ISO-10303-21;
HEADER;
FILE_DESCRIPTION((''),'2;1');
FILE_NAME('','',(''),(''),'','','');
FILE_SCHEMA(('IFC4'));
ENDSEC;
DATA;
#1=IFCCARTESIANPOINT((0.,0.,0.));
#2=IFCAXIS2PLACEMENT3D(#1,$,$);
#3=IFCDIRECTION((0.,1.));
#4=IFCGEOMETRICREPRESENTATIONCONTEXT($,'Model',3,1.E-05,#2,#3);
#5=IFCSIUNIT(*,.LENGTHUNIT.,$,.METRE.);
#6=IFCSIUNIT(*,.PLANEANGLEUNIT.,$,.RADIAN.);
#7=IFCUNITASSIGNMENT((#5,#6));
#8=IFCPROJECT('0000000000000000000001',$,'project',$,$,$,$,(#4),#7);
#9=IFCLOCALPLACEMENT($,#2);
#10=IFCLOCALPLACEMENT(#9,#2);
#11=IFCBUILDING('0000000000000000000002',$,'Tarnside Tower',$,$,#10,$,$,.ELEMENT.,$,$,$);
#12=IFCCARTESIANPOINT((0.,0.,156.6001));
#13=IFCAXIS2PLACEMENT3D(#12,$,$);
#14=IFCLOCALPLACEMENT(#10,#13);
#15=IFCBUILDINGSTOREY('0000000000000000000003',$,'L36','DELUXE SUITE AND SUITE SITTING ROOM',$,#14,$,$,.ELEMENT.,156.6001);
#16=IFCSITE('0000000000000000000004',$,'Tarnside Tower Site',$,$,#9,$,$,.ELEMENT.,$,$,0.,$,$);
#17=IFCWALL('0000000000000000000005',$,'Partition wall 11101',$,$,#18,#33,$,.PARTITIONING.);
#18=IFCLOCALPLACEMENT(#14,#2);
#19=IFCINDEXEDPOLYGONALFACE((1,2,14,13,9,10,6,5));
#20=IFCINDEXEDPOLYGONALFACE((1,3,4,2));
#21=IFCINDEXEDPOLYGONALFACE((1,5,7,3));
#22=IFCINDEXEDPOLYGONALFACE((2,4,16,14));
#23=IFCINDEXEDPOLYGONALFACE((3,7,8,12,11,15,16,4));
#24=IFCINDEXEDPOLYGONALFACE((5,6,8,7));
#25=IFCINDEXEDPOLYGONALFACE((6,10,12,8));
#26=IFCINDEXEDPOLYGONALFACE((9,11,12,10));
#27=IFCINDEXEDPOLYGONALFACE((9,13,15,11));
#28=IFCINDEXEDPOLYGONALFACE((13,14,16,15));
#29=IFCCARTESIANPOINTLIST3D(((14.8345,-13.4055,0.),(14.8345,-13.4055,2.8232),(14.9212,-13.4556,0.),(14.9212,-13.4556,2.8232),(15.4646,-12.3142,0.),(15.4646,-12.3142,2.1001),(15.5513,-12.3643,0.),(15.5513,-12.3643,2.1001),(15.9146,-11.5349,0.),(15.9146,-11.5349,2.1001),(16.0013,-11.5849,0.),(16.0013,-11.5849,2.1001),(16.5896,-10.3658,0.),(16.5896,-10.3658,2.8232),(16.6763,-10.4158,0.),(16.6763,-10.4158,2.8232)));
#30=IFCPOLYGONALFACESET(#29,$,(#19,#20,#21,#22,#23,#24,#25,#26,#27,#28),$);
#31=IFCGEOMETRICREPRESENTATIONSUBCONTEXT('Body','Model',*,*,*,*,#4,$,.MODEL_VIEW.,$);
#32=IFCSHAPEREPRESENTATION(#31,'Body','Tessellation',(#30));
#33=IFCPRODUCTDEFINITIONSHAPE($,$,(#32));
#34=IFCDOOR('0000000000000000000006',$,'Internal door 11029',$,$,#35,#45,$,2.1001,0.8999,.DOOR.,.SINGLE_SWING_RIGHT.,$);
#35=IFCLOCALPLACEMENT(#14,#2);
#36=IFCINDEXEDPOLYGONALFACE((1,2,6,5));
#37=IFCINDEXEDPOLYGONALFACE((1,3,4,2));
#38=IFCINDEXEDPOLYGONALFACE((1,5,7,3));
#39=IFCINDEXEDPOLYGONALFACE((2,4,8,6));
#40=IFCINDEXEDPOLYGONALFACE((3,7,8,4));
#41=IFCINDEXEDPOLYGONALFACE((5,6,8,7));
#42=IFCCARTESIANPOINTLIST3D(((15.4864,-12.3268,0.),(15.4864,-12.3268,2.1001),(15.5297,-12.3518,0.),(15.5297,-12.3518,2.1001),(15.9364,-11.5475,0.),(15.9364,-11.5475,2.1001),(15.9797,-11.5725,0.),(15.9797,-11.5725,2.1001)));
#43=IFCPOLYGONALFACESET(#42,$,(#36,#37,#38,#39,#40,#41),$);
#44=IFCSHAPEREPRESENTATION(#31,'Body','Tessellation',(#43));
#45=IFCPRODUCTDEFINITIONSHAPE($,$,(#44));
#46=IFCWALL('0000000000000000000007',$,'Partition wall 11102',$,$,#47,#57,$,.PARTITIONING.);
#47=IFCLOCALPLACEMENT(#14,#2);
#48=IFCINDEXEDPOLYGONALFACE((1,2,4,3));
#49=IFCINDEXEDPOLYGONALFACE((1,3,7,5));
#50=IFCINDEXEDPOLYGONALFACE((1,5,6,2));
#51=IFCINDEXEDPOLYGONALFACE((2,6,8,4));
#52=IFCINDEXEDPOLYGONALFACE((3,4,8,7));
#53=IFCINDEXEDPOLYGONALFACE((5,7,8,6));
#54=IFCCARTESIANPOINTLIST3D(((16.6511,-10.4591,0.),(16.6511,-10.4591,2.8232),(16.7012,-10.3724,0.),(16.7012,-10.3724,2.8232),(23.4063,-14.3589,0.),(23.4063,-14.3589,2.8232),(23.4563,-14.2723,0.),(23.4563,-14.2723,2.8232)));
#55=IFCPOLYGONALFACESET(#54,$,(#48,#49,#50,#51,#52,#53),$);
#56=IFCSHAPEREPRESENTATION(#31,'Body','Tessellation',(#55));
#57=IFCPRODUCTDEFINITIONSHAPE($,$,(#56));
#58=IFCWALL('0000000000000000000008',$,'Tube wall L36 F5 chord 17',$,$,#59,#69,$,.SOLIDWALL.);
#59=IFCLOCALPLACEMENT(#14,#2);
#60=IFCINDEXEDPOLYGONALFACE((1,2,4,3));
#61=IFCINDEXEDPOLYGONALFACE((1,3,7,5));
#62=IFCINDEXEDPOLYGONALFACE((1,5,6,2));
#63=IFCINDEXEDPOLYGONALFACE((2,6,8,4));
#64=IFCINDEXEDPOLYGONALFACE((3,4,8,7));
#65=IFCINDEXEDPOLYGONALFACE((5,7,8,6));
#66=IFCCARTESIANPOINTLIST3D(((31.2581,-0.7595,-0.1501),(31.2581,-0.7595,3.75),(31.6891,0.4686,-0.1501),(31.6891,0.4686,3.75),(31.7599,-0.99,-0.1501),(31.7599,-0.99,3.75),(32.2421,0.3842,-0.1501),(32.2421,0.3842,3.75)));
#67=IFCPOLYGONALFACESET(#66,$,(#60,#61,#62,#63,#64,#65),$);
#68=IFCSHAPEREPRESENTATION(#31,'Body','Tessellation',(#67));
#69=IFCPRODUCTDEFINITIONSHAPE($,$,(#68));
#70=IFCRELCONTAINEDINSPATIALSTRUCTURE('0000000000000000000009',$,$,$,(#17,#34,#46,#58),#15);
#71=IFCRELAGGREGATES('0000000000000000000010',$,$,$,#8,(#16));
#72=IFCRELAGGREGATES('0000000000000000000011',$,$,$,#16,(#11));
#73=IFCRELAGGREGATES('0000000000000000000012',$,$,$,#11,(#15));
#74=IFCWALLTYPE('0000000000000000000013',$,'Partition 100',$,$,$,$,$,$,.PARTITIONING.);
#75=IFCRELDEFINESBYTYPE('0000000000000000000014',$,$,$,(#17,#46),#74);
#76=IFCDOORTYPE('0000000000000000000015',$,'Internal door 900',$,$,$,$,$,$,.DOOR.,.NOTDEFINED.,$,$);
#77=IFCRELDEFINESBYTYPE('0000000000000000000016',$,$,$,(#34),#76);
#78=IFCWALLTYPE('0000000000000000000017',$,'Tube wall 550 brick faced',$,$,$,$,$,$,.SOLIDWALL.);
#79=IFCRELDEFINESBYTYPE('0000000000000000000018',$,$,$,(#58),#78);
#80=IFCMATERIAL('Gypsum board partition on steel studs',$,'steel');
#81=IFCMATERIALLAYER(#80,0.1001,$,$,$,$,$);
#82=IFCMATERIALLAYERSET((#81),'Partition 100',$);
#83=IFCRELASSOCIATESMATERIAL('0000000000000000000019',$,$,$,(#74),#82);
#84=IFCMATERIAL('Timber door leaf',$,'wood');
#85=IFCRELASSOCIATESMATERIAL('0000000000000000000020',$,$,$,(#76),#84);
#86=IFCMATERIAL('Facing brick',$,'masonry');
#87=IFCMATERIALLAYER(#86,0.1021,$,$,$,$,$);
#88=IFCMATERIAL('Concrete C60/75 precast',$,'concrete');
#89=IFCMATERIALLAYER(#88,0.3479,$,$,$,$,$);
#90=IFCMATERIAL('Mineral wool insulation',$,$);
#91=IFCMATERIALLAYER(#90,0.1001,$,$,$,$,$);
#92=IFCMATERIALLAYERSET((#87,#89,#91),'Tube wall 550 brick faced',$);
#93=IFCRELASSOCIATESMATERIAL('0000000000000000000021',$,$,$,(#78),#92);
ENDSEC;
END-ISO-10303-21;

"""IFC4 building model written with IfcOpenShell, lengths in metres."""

from ifc_helpers import new_model, si_unit, direction, frame, frame_2d, origin, place, context, subcontext, project, spatial, polyline, rectangle, outline, extrude, material, layer, layer_set, type_object, element, fill, save


model = new_model("IFC4")

# Units and contexts
model_context = context("Model", 3, precision=1e-05, world=origin(), true_north=direction((0.0, 1.0)))
body_context = subcontext(model_context, "Body", "Model", "MODEL_VIEW")
ifc_project = project(units=[si_unit("LENGTHUNIT", "METRE"), si_unit("PLANEANGLEUNIT", "RADIAN")], contexts=[model_context])

# Site, building, storey
site_placement = place(None, origin())
site = spatial("IfcSite", under=ifc_project, at=site_placement, Name="Tarnside Tower Site", CompositionType="ELEMENT", RefElevation=0.0)
building_placement = place(site_placement, origin())
building = spatial("IfcBuilding", under=site, at=building_placement, Name="Tarnside Tower", CompositionType="ELEMENT")
storey_placement = place(building_placement, frame((0.0, 0.0, 156.6001)))
storey = spatial("IfcBuildingStorey", under=building, at=storey_placement, Name="L36", Description="DELUXE SUITE AND SUITE SITTING ROOM", CompositionType="ELEMENT", Elevation=156.6001)

# Shared definitions
ifc_material_1 = material(Name="Gypsum board partition on steel studs", Category="steel")

# Shared definitions
ifc_material_2 = material(Name="Timber door leaf", Category="wood")

# Wall, opening, door
ifc_layer_1 = layer(ifc_material_1, 0.1001)
ifc_layer_set_1 = layer_set([ifc_layer_1], Name="Partition 100")
wall_type_1 = type_object("IfcWallType", Name="Partition 100", PredefinedType="PARTITIONING", material=ifc_layer_set_1)
wall_1_placement = place(storey_placement, frame((14.8779, -13.4304, 0.0), z_axis=(0.0, 0.0, 1.0), x_axis=(0.500021, 0.866013, 0.0)))
wall_1 = element("IfcWall", 1, at=wall_1_placement, inside=storey, type_object=wall_type_1, Name="Partition wall 11101", PredefinedType="PARTITIONING", context=body_context, shape_type="SweptSolid", body=[
    extrude(rectangle(XDim=3.51, YDim=0.1001, at=frame_2d((1.7549, 0.0))), origin(), (0.0, 0.0, 1.0), 2.8232),
])
opening_1_placement = place(wall_1_placement, frame((1.26, 0.0, 0.0)))
opening_1 = element("IfcOpeningElement", 2, at=opening_1_placement, cuts=wall_1, PredefinedType="OPENING", context=body_context, shape_type="SweptSolid", body=[
    extrude(rectangle(XDim=0.8999, YDim=2.1001, at=frame_2d((0.45, 1.05))), frame((0.0, 0.0601, 0.0), z_axis=(0.0, -1.0, 0.0), x_axis=(1.0, 0.0, 0.0)), (0.0, 0.0, 1.0), 0.1201),
])
door_type_1 = type_object("IfcDoorType", Name="Internal door 900", OperationType="NOTDEFINED", PredefinedType="DOOR", material=ifc_material_2)
door_1_placement = place(opening_1_placement, origin())
door_1 = element("IfcDoor", 3, at=door_1_placement, inside=storey, type_object=door_type_1, Name="Internal door 11029", OperationType="SINGLE_SWING_RIGHT", OverallHeight=2.1001, OverallWidth=0.8999, PredefinedType="DOOR", context=body_context, shape_type="SweptSolid", body=[
    extrude(rectangle(XDim=0.8999, YDim=2.1001, at=frame_2d((0.45, 1.05))), frame((0.0, 0.0249, 0.0), z_axis=(0.0, -1.0, 0.0), x_axis=(1.0, 0.0, 0.0)), (0.0, 0.0, 1.0), 0.05),
])
fill(opening_1, door_1)

# Walls
wall_2_placement = place(storey_placement, frame((16.6763, -10.4158, 0.0), z_axis=(0.0, 0.0, 1.0), x_axis=(0.866035, -0.499983, 0.0)))
element("IfcWall", 4, at=wall_2_placement, inside=storey, type_object=wall_type_1, Name="Partition wall 11102", PredefinedType="PARTITIONING", context=body_context, shape_type="SweptSolid", body=[
    extrude(rectangle(XDim=7.8, YDim=0.1001, at=frame_2d((3.8999, 0.0))), origin(), (0.0, 0.0, 1.0), 2.8232),
])
ifc_material_3 = material(Name="Facing brick", Category="masonry")
ifc_layer_2 = layer(ifc_material_3, 0.1021)
ifc_material_4 = material(Name="Concrete C60/75 precast", Category="concrete")
ifc_layer_3 = layer(ifc_material_4, 0.3479)
ifc_material_5 = material(Name="Mineral wool insulation")
ifc_layer_4 = layer(ifc_material_5, 0.1001)
ifc_layer_set_2 = layer_set([ifc_layer_2, ifc_layer_3, ifc_layer_4], Name="Tube wall 550 brick faced")
wall_type_2 = type_object("IfcWallType", Name="Tube wall 550 brick faced", PredefinedType="SOLIDWALL", material=ifc_layer_set_2)
wall_3_placement = place(storey_placement, frame((31.509, -0.8748, -0.1501), z_axis=(0.0, 0.0, 1.0), x_axis=(0.331115, 0.94359, 0.0)))
element("IfcWall", 5, at=wall_3_placement, inside=storey, type_object=wall_type_2, Name="Tube wall L36 F5 chord 17", PredefinedType="SOLIDWALL", context=body_context, shape_type="SweptSolid", body=[
    extrude(outline(polyline([(-0.0256, -0.2749), (1.4307, -0.2749), (1.3271, 0.2749), (0.0256, 0.2749), (-0.0256, -0.2749)])), origin(), (0.0, 0.0, 1.0), 3.9001),
])

save(model, "model.ifc")
